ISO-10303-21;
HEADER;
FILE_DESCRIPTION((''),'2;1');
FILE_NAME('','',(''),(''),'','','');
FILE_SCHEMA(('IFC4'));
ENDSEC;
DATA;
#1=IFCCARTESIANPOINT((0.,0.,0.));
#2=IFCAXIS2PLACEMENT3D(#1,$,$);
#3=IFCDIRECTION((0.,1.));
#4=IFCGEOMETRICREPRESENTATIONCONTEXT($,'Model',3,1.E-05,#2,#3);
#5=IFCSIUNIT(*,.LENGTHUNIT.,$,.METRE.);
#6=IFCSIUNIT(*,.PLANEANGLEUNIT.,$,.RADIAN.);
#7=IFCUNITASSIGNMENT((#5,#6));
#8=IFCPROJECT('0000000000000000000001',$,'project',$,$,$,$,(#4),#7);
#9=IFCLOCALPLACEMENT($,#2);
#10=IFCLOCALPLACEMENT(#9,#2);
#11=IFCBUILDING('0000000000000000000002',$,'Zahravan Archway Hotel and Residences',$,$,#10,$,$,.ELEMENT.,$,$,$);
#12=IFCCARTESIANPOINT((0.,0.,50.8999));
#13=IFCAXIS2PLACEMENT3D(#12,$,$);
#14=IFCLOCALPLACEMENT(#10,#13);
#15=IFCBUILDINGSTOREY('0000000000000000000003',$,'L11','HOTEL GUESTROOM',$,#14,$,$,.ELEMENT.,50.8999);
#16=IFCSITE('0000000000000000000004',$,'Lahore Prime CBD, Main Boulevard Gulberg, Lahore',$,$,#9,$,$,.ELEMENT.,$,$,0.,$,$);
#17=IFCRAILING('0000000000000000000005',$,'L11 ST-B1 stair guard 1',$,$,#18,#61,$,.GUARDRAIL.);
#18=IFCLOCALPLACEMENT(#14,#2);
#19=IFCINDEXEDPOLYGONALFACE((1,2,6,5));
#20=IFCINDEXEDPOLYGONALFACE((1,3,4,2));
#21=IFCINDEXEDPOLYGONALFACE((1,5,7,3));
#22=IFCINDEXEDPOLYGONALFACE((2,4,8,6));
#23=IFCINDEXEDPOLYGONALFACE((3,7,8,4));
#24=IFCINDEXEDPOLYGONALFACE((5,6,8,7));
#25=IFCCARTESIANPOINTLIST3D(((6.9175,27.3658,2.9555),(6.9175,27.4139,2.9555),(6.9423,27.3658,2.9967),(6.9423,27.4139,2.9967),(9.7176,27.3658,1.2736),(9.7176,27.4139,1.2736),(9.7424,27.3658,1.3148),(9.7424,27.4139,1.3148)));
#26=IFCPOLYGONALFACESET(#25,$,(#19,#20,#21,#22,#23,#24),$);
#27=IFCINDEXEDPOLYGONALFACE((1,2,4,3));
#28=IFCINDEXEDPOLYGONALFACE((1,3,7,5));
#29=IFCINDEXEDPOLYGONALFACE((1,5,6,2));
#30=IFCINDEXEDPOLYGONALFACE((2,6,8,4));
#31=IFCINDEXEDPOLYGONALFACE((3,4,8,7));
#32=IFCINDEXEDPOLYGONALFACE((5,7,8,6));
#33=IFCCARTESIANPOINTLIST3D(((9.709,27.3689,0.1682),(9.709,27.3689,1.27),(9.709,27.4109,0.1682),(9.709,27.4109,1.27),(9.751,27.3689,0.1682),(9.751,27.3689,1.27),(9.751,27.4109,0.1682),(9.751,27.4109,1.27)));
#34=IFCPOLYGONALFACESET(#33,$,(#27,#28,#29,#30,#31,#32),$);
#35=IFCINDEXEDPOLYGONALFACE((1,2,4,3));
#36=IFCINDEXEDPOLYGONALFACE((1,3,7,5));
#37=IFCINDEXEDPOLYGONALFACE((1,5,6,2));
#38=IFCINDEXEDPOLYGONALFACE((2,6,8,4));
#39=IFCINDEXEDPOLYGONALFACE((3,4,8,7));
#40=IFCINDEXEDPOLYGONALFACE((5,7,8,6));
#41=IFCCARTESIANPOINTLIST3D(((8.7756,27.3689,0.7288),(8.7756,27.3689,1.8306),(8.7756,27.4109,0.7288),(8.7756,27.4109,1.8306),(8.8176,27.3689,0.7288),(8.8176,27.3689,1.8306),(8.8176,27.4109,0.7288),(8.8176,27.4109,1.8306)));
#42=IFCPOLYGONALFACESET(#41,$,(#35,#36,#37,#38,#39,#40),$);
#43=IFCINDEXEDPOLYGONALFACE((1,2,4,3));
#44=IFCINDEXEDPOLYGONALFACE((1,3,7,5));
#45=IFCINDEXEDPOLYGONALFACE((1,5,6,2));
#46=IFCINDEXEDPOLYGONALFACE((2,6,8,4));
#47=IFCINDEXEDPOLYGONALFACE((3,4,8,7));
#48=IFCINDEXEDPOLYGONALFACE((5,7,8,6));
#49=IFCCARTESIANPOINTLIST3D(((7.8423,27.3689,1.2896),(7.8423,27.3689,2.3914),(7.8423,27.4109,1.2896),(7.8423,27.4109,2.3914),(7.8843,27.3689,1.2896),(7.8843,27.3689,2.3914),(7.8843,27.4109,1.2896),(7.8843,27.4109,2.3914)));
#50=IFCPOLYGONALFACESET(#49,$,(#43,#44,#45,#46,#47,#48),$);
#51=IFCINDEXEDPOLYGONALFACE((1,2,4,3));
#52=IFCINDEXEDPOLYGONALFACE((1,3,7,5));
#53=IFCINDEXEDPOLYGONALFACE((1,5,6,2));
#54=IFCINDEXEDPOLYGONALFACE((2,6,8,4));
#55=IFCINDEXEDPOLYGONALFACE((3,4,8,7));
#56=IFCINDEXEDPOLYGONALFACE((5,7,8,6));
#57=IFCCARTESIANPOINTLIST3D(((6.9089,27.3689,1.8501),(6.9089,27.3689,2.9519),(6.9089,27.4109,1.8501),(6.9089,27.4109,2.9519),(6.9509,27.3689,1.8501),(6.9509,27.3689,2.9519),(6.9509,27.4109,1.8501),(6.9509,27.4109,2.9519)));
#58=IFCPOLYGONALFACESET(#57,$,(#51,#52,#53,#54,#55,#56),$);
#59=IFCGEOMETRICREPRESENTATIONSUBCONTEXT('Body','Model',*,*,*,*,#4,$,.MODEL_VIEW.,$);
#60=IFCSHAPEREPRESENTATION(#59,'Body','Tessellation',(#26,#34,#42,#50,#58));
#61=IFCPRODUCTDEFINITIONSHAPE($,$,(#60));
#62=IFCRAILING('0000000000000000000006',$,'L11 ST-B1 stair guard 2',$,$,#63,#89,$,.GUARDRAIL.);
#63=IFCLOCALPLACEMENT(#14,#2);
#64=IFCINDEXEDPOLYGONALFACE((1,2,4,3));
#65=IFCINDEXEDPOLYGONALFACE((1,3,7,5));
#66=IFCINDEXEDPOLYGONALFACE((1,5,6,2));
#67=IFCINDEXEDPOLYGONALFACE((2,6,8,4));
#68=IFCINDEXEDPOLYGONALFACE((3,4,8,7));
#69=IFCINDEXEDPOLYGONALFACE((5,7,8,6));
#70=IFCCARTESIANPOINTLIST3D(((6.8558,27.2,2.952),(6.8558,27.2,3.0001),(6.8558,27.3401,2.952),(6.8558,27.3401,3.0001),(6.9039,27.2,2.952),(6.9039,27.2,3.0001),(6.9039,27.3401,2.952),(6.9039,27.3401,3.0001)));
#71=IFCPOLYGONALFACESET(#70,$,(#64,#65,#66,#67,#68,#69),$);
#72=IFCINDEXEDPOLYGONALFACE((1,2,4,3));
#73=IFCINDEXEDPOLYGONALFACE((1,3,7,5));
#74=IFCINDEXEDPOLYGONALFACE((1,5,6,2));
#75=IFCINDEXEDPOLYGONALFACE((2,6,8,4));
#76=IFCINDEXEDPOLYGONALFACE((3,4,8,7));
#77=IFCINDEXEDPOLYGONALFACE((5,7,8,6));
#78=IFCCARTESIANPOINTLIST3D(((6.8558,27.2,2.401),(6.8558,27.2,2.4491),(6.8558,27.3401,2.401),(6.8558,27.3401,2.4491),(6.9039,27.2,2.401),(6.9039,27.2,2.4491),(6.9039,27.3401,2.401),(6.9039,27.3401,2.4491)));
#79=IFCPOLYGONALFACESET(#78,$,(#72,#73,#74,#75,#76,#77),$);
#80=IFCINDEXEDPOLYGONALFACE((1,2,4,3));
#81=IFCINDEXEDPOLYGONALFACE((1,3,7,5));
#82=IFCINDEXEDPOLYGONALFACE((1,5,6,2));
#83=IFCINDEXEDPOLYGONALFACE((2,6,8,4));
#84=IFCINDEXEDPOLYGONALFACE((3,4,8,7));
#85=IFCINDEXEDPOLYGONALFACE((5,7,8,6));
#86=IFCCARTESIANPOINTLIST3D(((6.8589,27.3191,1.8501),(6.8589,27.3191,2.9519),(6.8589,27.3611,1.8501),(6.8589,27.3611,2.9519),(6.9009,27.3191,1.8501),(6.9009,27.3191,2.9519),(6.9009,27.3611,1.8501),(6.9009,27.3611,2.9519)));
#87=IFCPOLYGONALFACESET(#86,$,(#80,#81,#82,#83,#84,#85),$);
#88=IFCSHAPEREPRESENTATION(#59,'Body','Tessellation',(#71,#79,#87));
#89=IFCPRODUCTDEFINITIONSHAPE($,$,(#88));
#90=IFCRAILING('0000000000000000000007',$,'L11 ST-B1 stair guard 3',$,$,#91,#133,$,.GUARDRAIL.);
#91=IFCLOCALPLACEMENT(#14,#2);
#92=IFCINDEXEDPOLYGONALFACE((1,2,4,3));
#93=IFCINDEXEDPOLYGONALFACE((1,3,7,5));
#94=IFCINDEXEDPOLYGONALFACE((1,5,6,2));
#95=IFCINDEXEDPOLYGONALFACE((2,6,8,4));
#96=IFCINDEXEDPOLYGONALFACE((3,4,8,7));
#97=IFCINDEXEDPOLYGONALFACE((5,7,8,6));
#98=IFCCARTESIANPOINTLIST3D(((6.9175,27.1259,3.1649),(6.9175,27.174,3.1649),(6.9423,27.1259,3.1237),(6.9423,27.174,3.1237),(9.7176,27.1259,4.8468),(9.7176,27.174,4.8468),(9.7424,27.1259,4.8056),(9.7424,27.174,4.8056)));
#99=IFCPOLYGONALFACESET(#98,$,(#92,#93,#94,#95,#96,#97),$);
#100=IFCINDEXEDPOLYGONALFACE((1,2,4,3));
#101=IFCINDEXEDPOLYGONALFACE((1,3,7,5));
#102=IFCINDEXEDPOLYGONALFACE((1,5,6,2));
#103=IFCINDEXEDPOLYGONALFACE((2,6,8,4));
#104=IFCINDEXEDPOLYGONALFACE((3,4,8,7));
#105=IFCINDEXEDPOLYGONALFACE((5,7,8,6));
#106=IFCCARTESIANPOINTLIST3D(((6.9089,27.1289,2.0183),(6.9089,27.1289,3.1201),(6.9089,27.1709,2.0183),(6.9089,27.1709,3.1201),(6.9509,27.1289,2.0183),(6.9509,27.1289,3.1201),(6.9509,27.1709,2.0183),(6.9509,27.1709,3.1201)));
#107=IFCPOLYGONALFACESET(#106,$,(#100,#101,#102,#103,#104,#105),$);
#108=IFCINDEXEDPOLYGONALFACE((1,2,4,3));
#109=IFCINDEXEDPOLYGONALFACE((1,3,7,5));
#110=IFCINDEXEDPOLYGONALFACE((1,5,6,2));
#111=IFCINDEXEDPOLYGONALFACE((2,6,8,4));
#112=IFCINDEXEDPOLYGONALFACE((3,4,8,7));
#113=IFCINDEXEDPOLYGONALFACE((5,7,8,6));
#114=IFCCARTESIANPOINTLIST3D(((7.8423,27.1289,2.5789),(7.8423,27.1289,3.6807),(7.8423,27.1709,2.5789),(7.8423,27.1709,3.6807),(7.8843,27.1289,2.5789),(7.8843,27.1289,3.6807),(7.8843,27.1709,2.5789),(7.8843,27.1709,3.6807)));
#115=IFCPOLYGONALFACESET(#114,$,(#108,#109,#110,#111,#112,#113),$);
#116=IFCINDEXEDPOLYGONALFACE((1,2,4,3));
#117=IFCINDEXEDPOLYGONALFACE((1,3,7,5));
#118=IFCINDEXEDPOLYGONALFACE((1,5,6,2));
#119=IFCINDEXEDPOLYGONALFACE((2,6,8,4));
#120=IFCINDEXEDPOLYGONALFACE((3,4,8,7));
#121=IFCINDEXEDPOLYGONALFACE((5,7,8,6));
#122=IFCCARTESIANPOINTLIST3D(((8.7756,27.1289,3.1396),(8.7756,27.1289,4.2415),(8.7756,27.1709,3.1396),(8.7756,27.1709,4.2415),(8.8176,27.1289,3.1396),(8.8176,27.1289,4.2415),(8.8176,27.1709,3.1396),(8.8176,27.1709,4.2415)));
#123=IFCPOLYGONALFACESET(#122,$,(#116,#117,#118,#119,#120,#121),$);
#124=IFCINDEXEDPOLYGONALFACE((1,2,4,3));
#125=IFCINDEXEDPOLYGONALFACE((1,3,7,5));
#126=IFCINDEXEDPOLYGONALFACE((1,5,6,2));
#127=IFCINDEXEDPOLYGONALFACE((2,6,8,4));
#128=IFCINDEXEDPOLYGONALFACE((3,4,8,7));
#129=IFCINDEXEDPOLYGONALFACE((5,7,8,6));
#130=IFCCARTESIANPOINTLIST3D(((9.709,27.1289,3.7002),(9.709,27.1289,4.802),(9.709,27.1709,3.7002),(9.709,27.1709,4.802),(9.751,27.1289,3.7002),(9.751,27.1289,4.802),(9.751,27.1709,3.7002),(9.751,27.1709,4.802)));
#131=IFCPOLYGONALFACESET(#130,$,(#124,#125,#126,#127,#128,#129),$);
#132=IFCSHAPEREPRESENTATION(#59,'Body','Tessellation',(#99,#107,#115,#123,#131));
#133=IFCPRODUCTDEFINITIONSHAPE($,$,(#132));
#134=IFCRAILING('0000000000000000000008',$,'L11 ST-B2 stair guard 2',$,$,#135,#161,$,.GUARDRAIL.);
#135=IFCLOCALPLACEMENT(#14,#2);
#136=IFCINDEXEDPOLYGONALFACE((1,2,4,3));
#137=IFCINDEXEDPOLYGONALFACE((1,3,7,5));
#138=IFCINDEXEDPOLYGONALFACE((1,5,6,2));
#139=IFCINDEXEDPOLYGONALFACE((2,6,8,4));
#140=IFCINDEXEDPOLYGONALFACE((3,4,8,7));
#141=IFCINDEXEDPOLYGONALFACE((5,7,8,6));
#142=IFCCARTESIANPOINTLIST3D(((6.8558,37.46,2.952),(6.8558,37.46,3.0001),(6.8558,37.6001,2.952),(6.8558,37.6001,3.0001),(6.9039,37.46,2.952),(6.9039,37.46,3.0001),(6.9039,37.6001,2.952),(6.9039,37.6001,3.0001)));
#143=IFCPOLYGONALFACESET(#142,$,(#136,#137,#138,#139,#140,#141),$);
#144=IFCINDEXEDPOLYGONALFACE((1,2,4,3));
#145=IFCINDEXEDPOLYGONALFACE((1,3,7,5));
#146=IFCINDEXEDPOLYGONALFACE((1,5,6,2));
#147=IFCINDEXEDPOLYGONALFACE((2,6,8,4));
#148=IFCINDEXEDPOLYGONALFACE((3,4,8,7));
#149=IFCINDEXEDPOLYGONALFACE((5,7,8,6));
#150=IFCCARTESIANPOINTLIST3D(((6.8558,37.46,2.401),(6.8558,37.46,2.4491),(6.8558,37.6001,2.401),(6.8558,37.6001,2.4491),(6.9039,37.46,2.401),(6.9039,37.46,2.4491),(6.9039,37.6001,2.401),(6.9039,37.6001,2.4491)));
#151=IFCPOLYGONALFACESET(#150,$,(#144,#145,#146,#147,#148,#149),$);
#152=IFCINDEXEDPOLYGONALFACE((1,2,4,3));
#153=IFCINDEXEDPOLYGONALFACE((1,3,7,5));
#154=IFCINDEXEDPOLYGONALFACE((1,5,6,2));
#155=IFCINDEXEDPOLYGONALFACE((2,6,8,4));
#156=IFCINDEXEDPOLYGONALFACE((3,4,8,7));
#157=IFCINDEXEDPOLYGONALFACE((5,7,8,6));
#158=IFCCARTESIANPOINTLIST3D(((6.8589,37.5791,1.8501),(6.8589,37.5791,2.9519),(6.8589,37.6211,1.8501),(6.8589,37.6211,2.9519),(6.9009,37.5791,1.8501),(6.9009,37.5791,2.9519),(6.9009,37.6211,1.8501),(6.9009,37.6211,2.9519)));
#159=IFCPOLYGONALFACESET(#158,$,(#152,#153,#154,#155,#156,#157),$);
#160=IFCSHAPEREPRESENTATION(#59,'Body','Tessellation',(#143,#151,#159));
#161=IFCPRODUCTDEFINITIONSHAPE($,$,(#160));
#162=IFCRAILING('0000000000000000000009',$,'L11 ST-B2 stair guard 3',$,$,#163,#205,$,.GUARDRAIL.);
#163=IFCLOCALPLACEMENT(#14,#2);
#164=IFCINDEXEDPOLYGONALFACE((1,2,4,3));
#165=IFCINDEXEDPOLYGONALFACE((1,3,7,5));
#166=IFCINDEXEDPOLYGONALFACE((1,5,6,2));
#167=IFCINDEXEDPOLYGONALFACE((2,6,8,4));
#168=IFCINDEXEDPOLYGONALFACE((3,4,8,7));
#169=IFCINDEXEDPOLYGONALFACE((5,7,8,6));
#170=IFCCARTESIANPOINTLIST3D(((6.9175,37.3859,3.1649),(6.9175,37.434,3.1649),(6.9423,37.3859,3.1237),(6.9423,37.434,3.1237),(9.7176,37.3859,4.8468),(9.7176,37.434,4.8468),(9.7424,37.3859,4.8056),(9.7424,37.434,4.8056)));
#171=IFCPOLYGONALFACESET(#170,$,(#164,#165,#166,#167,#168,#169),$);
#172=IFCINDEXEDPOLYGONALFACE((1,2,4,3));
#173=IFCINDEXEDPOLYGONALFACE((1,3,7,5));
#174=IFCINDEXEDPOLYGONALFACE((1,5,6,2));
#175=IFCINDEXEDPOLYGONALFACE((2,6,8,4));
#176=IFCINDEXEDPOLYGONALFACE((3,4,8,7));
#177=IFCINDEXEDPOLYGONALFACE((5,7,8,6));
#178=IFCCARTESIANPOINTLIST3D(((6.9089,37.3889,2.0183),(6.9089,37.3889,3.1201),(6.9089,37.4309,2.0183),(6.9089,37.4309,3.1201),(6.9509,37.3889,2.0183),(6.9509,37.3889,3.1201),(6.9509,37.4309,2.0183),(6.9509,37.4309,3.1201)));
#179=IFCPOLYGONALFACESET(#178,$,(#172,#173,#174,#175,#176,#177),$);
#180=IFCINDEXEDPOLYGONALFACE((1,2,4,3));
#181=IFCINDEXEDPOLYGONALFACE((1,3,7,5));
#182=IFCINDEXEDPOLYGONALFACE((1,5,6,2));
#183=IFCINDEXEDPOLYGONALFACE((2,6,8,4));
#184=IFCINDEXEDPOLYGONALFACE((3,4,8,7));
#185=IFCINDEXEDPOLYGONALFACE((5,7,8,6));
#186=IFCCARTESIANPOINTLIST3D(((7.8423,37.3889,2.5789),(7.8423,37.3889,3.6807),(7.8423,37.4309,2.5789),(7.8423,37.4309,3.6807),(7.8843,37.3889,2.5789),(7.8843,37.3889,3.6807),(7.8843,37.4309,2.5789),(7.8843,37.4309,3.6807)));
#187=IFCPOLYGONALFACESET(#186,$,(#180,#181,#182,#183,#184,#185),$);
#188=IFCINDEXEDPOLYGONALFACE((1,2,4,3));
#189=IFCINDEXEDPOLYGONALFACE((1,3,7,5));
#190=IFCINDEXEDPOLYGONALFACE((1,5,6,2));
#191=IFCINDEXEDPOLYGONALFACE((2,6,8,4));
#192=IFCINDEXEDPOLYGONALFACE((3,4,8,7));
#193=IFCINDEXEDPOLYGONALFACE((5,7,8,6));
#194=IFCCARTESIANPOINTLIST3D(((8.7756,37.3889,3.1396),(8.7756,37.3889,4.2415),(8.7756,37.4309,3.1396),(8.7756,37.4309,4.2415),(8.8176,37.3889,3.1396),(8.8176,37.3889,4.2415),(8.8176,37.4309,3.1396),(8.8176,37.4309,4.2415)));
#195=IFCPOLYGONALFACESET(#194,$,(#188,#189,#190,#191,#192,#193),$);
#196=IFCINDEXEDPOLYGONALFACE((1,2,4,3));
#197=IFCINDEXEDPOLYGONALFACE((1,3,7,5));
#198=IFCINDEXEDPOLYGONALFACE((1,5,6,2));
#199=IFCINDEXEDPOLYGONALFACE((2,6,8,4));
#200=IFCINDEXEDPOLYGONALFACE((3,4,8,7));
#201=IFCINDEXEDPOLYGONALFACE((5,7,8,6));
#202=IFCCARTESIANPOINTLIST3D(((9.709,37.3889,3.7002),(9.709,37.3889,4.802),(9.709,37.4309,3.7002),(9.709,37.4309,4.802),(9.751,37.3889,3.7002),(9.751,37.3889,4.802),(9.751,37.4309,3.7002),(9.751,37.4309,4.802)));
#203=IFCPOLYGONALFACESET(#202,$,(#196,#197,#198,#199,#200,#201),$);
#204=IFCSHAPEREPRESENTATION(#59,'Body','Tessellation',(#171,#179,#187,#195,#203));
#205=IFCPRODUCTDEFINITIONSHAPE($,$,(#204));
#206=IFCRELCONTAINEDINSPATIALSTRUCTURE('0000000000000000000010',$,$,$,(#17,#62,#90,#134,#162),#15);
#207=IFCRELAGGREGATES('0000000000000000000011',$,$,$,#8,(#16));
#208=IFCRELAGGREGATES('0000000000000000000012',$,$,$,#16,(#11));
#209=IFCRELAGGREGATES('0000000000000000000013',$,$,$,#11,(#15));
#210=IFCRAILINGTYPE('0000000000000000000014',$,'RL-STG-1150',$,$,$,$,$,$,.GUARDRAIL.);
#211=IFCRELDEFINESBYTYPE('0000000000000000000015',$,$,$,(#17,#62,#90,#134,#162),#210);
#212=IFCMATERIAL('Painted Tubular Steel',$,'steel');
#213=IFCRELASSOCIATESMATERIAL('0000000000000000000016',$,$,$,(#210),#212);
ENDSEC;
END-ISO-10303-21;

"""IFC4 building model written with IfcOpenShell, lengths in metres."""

from ifc_helpers import new_model, si_unit, direction, frame, origin, origin_2d, place, context, subcontext, project, spatial, rectangle, extrude, material, type_object, element, save


model = new_model("IFC4")

# Units and contexts
model_context = context("Model", 3, precision=1e-05, world=origin(), true_north=direction((0.0, 1.0)))
body_context = subcontext(model_context, "Body", "Model", "MODEL_VIEW")
ifc_project = project(units=[si_unit("LENGTHUNIT", "METRE"), si_unit("PLANEANGLEUNIT", "RADIAN")], contexts=[model_context])

# Site, building, storey
site_placement = place(None, origin())
site = spatial("IfcSite", under=ifc_project, at=site_placement, Name="Lahore Prime CBD, Main Boulevard Gulberg, Lahore", CompositionType="ELEMENT", RefElevation=0.0)
building_placement = place(site_placement, origin())
building = spatial("IfcBuilding", under=site, at=building_placement, Name="Zahravan Archway Hotel and Residences", CompositionType="ELEMENT")
storey_placement = place(building_placement, frame((0.0, 0.0, 50.8999)))
storey = spatial("IfcBuildingStorey", under=building, at=storey_placement, Name="L11", Description="HOTEL GUESTROOM", CompositionType="ELEMENT", Elevation=50.8999)

# Railings
ifc_material_1 = material(Name="Painted Tubular Steel", Category="steel")
railing_type_1 = type_object("IfcRailingType", Name="RL-STG-1150", PredefinedType="GUARDRAIL", material=ifc_material_1)
railing_1_placement = place(storey_placement, frame((9.73, 27.3899, 0.1682)))
element("IfcRailing", 1, at=railing_1_placement, inside=storey, type_object=railing_type_1, Name="L11 ST-B1 stair guard 1", PredefinedType="GUARDRAIL", context=body_context, shape_type="SweptSolid", body=[
    extrude(rectangle(XDim=0.0481, YDim=0.0481, at=origin_2d()), frame((0.0, 0.0, 1.126), z_axis=(-0.857242, 0.0, 0.514913), x_axis=(0.0, -1.0, 0.0)), (0.0, 0.0, 1.0), 3.2664),
    extrude(rectangle(XDim=0.042, YDim=0.042, at=origin_2d()), origin(), (0.0, 0.0, 1.0), 1.1018),
    extrude(rectangle(XDim=0.042, YDim=0.042, at=origin_2d()), frame((-0.9333, 0.0, 0.5605)), (0.0, 0.0, 1.0), 1.1018),
    extrude(rectangle(XDim=0.042, YDim=0.042, at=origin_2d()), frame((-1.8667, 0.0, 1.1213)), (0.0, 0.0, 1.0), 1.1018),
    extrude(rectangle(XDim=0.042, YDim=0.042, at=origin_2d()), frame((-2.8, 0.0, 1.6819)), (0.0, 0.0, 1.0), 1.1018),
])
railing_2_placement = place(storey_placement, frame((6.8799, 27.3401, 1.8501)))
element("IfcRailing", 2, at=railing_2_placement, inside=storey, type_object=railing_type_1, Name="L11 ST-B1 stair guard 2", PredefinedType="GUARDRAIL", context=body_context, shape_type="SweptSolid", body=[
    extrude(rectangle(XDim=0.0481, YDim=0.0481, at=origin_2d()), frame((0.0, 0.0, 1.126), z_axis=(0.0, -1.0, 0.0), x_axis=(1.0, 0.0, 0.0)), (0.0, 0.0, 1.0), 0.1401),
    extrude(rectangle(XDim=0.0481, YDim=0.0481, at=origin_2d()), frame((0.0, 0.0, 0.575), z_axis=(0.0, -1.0, 0.0), x_axis=(1.0, 0.0, 0.0)), (0.0, 0.0, 1.0), 0.1401),
    extrude(rectangle(XDim=0.042, YDim=0.042, at=origin_2d()), origin(), (0.0, 0.0, 1.0), 1.1018),
])
railing_3_placement = place(storey_placement, frame((6.9299, 27.1499, 2.0183)))
element("IfcRailing", 3, at=railing_3_placement, inside=storey, type_object=railing_type_1, Name="L11 ST-B1 stair guard 3", PredefinedType="GUARDRAIL", context=body_context, shape_type="SweptSolid", body=[
    extrude(rectangle(XDim=0.0481, YDim=0.0481, at=origin_2d()), frame((0.0, 0.0, 1.126), z_axis=(0.857242, 0.0, 0.514913), x_axis=(0.0, 1.0, 0.0)), (0.0, 0.0, 1.0), 3.2664),
    extrude(rectangle(XDim=0.042, YDim=0.042, at=origin_2d()), origin(), (0.0, 0.0, 1.0), 1.1018),
    extrude(rectangle(XDim=0.042, YDim=0.042, at=origin_2d()), frame((0.9333, 0.0, 0.5605)), (0.0, 0.0, 1.0), 1.1018),
    extrude(rectangle(XDim=0.042, YDim=0.042, at=origin_2d()), frame((1.8667, 0.0, 1.1213)), (0.0, 0.0, 1.0), 1.1018),
    extrude(rectangle(XDim=0.042, YDim=0.042, at=origin_2d()), frame((2.8, 0.0, 1.6819)), (0.0, 0.0, 1.0), 1.1018),
])
railing_4_placement = place(storey_placement, frame((6.8799, 37.6001, 1.8501)))
element("IfcRailing", 4, at=railing_4_placement, inside=storey, type_object=railing_type_1, Name="L11 ST-B2 stair guard 2", PredefinedType="GUARDRAIL", context=body_context, shape_type="SweptSolid", body=[
    extrude(rectangle(XDim=0.0481, YDim=0.0481, at=origin_2d()), frame((0.0, 0.0, 1.126), z_axis=(0.0, -1.0, 0.0), x_axis=(1.0, 0.0, 0.0)), (0.0, 0.0, 1.0), 0.1401),
    extrude(rectangle(XDim=0.0481, YDim=0.0481, at=origin_2d()), frame((0.0, 0.0, 0.575), z_axis=(0.0, -1.0, 0.0), x_axis=(1.0, 0.0, 0.0)), (0.0, 0.0, 1.0), 0.1401),
    extrude(rectangle(XDim=0.042, YDim=0.042, at=origin_2d()), origin(), (0.0, 0.0, 1.0), 1.1018),
])
railing_5_placement = place(storey_placement, frame((6.9299, 37.4099, 2.0183)))
element("IfcRailing", 5, at=railing_5_placement, inside=storey, type_object=railing_type_1, Name="L11 ST-B2 stair guard 3", PredefinedType="GUARDRAIL", context=body_context, shape_type="SweptSolid", body=[
    extrude(rectangle(XDim=0.0481, YDim=0.0481, at=origin_2d()), frame((0.0, 0.0, 1.126), z_axis=(0.857242, 0.0, 0.514913), x_axis=(0.0, 1.0, 0.0)), (0.0, 0.0, 1.0), 3.2664),
    extrude(rectangle(XDim=0.042, YDim=0.042, at=origin_2d()), origin(), (0.0, 0.0, 1.0), 1.1018),
    extrude(rectangle(XDim=0.042, YDim=0.042, at=origin_2d()), frame((0.9333, 0.0, 0.5605)), (0.0, 0.0, 1.0), 1.1018),
    extrude(rectangle(XDim=0.042, YDim=0.042, at=origin_2d()), frame((1.8667, 0.0, 1.1213)), (0.0, 0.0, 1.0), 1.1018),
    extrude(rectangle(XDim=0.042, YDim=0.042, at=origin_2d()), frame((2.8, 0.0, 1.6819)), (0.0, 0.0, 1.0), 1.1018),
])

save(model, "model.ifc")
